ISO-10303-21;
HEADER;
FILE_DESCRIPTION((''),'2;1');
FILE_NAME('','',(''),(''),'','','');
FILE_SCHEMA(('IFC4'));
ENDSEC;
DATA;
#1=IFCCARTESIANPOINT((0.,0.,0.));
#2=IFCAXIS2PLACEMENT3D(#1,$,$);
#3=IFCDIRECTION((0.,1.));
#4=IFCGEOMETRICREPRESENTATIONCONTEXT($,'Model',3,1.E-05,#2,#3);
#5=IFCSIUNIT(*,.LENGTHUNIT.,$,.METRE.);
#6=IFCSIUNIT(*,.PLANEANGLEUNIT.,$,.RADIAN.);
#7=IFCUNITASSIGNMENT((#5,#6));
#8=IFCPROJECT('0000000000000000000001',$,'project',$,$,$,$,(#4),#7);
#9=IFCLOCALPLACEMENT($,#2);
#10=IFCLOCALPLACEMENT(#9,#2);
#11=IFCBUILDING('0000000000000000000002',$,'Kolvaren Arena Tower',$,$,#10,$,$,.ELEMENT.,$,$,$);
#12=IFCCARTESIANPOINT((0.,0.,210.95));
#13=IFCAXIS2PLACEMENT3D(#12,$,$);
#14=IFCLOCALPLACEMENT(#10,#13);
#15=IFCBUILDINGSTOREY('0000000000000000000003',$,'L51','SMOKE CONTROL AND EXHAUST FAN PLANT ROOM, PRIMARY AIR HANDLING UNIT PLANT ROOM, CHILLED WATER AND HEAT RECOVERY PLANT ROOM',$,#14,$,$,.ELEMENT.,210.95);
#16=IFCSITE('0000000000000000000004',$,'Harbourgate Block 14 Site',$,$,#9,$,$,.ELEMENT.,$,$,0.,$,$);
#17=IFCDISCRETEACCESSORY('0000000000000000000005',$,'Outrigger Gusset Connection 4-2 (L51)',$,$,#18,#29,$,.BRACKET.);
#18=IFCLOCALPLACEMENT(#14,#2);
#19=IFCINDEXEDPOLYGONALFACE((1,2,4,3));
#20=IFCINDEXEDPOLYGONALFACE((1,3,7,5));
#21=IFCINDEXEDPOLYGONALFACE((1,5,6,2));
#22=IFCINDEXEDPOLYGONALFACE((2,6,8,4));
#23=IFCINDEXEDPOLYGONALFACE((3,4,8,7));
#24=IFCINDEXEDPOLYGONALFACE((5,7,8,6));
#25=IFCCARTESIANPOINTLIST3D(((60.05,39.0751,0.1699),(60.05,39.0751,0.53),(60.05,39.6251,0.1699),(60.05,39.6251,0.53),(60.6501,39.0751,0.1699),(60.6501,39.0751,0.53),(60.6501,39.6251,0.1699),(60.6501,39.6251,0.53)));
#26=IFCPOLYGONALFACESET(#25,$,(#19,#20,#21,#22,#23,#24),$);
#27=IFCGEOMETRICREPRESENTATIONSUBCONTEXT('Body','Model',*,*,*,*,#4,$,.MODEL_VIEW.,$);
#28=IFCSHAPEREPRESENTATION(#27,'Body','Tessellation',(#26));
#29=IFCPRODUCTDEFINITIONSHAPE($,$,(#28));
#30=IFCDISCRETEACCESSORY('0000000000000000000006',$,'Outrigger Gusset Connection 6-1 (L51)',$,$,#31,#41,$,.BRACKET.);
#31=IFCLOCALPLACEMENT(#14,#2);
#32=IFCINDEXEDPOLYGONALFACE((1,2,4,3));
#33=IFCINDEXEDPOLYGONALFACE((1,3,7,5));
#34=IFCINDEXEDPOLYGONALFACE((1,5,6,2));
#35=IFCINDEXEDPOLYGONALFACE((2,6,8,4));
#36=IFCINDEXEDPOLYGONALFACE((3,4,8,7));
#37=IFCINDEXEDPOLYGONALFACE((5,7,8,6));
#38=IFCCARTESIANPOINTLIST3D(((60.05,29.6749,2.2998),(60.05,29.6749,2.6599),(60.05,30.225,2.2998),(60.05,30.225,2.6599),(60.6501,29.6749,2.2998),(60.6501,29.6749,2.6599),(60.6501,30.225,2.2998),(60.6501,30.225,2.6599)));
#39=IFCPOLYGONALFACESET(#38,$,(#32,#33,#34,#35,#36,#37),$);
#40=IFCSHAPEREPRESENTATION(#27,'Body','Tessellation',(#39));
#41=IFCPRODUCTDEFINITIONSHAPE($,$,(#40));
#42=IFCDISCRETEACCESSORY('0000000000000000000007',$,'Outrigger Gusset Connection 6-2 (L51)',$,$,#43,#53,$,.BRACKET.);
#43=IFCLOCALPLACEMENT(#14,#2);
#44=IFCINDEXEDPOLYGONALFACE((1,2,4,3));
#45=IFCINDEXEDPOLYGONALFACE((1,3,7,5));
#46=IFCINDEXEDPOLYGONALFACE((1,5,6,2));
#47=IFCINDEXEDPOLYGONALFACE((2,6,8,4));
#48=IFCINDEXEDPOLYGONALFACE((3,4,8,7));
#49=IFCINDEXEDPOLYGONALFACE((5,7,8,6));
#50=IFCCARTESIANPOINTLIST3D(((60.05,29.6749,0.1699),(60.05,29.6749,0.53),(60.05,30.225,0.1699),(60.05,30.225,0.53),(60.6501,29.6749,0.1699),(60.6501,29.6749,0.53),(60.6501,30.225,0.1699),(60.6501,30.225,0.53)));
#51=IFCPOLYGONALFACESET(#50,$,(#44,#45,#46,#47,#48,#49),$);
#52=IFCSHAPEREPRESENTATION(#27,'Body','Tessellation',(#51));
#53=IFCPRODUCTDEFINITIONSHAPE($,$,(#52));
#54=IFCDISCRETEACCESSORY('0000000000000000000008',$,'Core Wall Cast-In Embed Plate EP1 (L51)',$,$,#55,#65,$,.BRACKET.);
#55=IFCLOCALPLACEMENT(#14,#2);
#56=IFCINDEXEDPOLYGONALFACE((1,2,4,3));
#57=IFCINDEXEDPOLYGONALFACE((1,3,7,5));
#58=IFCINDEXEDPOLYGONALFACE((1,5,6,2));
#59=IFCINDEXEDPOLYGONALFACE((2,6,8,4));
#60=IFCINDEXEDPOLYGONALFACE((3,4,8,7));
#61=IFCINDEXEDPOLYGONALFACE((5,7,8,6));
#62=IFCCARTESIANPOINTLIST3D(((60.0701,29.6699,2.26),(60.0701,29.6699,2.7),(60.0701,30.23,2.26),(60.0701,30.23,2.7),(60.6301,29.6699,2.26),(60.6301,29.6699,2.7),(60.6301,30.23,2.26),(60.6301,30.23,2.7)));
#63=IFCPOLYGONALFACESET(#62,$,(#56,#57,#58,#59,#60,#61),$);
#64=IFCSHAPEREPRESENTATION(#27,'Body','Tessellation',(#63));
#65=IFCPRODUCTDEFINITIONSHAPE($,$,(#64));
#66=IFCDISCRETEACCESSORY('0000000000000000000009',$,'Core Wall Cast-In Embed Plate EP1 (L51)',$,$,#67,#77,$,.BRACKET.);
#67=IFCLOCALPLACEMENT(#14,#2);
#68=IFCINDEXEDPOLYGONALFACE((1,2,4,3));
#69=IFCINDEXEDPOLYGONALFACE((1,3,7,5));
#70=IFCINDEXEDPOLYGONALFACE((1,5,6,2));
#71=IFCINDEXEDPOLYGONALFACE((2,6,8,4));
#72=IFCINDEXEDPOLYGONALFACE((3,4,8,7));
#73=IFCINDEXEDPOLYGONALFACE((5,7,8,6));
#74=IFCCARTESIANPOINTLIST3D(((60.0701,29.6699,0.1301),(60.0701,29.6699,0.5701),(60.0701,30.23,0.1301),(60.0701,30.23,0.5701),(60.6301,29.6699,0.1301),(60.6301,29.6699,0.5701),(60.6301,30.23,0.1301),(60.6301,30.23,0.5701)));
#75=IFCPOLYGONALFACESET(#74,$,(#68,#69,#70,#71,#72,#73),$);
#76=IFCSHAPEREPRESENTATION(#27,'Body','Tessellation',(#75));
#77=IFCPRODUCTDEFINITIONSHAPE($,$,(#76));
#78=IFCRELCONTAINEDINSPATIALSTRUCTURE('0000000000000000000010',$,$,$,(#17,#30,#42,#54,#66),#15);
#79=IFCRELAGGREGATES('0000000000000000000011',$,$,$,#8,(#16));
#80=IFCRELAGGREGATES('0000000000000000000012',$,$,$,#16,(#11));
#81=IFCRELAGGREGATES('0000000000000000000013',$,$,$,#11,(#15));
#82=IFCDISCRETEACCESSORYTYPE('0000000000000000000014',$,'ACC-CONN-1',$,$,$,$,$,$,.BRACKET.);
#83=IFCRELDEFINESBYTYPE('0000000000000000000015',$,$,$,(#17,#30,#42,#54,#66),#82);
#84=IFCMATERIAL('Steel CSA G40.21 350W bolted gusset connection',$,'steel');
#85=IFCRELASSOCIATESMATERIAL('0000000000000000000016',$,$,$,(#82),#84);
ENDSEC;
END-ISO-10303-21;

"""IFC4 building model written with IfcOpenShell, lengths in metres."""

from ifc_helpers import new_model, si_unit, direction, frame, origin, origin_2d, place, context, subcontext, project, spatial, rectangle, extrude, material, type_object, element, save


model = new_model("IFC4")

# Units and contexts
model_context = context("Model", 3, precision=1e-05, world=origin(), true_north=direction((0.0, 1.0)))
body_context = subcontext(model_context, "Body", "Model", "MODEL_VIEW")
ifc_project = project(units=[si_unit("LENGTHUNIT", "METRE"), si_unit("PLANEANGLEUNIT", "RADIAN")], contexts=[model_context])

# Site, building, storey
site_placement = place(None, origin())
site = spatial("IfcSite", under=ifc_project, at=site_placement, Name="Harbourgate Block 14 Site", CompositionType="ELEMENT", RefElevation=0.0)
building_placement = place(site_placement, origin())
building = spatial("IfcBuilding", under=site, at=building_placement, Name="Kolvaren Arena Tower", CompositionType="ELEMENT")
storey_placement = place(building_placement, frame((0.0, 0.0, 210.95)))
storey = spatial("IfcBuildingStorey", under=building, at=storey_placement, Name="L51", Description="SMOKE CONTROL AND EXHAUST FAN PLANT ROOM, PRIMARY AIR HANDLING UNIT PLANT ROOM, CHILLED WATER AND HEAT RECOVERY PLANT ROOM", CompositionType="ELEMENT", Elevation=210.95)

# Discrete accessories
ifc_material_1 = material(Name="Steel CSA G40.21 350W bolted gusset connection", Category="steel")
discrete_accessory_type = type_object("IfcDiscreteAccessoryType", Name="ACC-CONN-1", PredefinedType="BRACKET", material=ifc_material_1)
for number, where, z_axis, x_axis, name in (
    (1, (60.3501, 39.3501, 0.1699), (0.0, 0.0, 1.0), (1.0, 0.0, 0.0), "Outrigger Gusset Connection 4-2 (L51)"),
    (2, (60.3501, 29.95, 2.2998), (0.0, 0.0, 1.0), (1.0, 0.0, 0.0), "Outrigger Gusset Connection 6-1 (L51)"),
    (3, (60.3501, 29.95, 0.1699), (0.0, 0.0, 1.0), (1.0, 0.0, 0.0), "Outrigger Gusset Connection 6-2 (L51)"),
):
    element("IfcDiscreteAccessory", number, at=place(storey_placement, frame(where, z_axis=z_axis, x_axis=x_axis)), inside=storey, type_object=discrete_accessory_type, Name=name, PredefinedType="BRACKET", context=body_context, shape_type="SweptSolid", body=[
        extrude(rectangle(XDim=0.6001, YDim=0.55, at=origin_2d()), origin(), (0.0, 0.0, 1.0), 0.3601),
    ])
for number, where, z_axis, x_axis, name in (
    (4, (60.3501, 29.95, 2.26), (0.0, 0.0, 1.0), (1.0, 0.0, 0.0), "Core Wall Cast-In Embed Plate EP1 (L51)"),
    (5, (60.3501, 29.95, 0.1301), (0.0, 0.0, 1.0), (1.0, 0.0, 0.0), "Core Wall Cast-In Embed Plate EP1 (L51)"),
):
    element("IfcDiscreteAccessory", number, at=place(storey_placement, frame(where, z_axis=z_axis, x_axis=x_axis)), inside=storey, type_object=discrete_accessory_type, Name=name, PredefinedType="BRACKET", context=body_context, shape_type="SweptSolid", body=[
        extrude(rectangle(XDim=0.5601, YDim=0.5601, at=origin_2d()), origin(), (0.0, 0.0, 1.0), 0.4399),
    ])

save(model, "model.ifc")
